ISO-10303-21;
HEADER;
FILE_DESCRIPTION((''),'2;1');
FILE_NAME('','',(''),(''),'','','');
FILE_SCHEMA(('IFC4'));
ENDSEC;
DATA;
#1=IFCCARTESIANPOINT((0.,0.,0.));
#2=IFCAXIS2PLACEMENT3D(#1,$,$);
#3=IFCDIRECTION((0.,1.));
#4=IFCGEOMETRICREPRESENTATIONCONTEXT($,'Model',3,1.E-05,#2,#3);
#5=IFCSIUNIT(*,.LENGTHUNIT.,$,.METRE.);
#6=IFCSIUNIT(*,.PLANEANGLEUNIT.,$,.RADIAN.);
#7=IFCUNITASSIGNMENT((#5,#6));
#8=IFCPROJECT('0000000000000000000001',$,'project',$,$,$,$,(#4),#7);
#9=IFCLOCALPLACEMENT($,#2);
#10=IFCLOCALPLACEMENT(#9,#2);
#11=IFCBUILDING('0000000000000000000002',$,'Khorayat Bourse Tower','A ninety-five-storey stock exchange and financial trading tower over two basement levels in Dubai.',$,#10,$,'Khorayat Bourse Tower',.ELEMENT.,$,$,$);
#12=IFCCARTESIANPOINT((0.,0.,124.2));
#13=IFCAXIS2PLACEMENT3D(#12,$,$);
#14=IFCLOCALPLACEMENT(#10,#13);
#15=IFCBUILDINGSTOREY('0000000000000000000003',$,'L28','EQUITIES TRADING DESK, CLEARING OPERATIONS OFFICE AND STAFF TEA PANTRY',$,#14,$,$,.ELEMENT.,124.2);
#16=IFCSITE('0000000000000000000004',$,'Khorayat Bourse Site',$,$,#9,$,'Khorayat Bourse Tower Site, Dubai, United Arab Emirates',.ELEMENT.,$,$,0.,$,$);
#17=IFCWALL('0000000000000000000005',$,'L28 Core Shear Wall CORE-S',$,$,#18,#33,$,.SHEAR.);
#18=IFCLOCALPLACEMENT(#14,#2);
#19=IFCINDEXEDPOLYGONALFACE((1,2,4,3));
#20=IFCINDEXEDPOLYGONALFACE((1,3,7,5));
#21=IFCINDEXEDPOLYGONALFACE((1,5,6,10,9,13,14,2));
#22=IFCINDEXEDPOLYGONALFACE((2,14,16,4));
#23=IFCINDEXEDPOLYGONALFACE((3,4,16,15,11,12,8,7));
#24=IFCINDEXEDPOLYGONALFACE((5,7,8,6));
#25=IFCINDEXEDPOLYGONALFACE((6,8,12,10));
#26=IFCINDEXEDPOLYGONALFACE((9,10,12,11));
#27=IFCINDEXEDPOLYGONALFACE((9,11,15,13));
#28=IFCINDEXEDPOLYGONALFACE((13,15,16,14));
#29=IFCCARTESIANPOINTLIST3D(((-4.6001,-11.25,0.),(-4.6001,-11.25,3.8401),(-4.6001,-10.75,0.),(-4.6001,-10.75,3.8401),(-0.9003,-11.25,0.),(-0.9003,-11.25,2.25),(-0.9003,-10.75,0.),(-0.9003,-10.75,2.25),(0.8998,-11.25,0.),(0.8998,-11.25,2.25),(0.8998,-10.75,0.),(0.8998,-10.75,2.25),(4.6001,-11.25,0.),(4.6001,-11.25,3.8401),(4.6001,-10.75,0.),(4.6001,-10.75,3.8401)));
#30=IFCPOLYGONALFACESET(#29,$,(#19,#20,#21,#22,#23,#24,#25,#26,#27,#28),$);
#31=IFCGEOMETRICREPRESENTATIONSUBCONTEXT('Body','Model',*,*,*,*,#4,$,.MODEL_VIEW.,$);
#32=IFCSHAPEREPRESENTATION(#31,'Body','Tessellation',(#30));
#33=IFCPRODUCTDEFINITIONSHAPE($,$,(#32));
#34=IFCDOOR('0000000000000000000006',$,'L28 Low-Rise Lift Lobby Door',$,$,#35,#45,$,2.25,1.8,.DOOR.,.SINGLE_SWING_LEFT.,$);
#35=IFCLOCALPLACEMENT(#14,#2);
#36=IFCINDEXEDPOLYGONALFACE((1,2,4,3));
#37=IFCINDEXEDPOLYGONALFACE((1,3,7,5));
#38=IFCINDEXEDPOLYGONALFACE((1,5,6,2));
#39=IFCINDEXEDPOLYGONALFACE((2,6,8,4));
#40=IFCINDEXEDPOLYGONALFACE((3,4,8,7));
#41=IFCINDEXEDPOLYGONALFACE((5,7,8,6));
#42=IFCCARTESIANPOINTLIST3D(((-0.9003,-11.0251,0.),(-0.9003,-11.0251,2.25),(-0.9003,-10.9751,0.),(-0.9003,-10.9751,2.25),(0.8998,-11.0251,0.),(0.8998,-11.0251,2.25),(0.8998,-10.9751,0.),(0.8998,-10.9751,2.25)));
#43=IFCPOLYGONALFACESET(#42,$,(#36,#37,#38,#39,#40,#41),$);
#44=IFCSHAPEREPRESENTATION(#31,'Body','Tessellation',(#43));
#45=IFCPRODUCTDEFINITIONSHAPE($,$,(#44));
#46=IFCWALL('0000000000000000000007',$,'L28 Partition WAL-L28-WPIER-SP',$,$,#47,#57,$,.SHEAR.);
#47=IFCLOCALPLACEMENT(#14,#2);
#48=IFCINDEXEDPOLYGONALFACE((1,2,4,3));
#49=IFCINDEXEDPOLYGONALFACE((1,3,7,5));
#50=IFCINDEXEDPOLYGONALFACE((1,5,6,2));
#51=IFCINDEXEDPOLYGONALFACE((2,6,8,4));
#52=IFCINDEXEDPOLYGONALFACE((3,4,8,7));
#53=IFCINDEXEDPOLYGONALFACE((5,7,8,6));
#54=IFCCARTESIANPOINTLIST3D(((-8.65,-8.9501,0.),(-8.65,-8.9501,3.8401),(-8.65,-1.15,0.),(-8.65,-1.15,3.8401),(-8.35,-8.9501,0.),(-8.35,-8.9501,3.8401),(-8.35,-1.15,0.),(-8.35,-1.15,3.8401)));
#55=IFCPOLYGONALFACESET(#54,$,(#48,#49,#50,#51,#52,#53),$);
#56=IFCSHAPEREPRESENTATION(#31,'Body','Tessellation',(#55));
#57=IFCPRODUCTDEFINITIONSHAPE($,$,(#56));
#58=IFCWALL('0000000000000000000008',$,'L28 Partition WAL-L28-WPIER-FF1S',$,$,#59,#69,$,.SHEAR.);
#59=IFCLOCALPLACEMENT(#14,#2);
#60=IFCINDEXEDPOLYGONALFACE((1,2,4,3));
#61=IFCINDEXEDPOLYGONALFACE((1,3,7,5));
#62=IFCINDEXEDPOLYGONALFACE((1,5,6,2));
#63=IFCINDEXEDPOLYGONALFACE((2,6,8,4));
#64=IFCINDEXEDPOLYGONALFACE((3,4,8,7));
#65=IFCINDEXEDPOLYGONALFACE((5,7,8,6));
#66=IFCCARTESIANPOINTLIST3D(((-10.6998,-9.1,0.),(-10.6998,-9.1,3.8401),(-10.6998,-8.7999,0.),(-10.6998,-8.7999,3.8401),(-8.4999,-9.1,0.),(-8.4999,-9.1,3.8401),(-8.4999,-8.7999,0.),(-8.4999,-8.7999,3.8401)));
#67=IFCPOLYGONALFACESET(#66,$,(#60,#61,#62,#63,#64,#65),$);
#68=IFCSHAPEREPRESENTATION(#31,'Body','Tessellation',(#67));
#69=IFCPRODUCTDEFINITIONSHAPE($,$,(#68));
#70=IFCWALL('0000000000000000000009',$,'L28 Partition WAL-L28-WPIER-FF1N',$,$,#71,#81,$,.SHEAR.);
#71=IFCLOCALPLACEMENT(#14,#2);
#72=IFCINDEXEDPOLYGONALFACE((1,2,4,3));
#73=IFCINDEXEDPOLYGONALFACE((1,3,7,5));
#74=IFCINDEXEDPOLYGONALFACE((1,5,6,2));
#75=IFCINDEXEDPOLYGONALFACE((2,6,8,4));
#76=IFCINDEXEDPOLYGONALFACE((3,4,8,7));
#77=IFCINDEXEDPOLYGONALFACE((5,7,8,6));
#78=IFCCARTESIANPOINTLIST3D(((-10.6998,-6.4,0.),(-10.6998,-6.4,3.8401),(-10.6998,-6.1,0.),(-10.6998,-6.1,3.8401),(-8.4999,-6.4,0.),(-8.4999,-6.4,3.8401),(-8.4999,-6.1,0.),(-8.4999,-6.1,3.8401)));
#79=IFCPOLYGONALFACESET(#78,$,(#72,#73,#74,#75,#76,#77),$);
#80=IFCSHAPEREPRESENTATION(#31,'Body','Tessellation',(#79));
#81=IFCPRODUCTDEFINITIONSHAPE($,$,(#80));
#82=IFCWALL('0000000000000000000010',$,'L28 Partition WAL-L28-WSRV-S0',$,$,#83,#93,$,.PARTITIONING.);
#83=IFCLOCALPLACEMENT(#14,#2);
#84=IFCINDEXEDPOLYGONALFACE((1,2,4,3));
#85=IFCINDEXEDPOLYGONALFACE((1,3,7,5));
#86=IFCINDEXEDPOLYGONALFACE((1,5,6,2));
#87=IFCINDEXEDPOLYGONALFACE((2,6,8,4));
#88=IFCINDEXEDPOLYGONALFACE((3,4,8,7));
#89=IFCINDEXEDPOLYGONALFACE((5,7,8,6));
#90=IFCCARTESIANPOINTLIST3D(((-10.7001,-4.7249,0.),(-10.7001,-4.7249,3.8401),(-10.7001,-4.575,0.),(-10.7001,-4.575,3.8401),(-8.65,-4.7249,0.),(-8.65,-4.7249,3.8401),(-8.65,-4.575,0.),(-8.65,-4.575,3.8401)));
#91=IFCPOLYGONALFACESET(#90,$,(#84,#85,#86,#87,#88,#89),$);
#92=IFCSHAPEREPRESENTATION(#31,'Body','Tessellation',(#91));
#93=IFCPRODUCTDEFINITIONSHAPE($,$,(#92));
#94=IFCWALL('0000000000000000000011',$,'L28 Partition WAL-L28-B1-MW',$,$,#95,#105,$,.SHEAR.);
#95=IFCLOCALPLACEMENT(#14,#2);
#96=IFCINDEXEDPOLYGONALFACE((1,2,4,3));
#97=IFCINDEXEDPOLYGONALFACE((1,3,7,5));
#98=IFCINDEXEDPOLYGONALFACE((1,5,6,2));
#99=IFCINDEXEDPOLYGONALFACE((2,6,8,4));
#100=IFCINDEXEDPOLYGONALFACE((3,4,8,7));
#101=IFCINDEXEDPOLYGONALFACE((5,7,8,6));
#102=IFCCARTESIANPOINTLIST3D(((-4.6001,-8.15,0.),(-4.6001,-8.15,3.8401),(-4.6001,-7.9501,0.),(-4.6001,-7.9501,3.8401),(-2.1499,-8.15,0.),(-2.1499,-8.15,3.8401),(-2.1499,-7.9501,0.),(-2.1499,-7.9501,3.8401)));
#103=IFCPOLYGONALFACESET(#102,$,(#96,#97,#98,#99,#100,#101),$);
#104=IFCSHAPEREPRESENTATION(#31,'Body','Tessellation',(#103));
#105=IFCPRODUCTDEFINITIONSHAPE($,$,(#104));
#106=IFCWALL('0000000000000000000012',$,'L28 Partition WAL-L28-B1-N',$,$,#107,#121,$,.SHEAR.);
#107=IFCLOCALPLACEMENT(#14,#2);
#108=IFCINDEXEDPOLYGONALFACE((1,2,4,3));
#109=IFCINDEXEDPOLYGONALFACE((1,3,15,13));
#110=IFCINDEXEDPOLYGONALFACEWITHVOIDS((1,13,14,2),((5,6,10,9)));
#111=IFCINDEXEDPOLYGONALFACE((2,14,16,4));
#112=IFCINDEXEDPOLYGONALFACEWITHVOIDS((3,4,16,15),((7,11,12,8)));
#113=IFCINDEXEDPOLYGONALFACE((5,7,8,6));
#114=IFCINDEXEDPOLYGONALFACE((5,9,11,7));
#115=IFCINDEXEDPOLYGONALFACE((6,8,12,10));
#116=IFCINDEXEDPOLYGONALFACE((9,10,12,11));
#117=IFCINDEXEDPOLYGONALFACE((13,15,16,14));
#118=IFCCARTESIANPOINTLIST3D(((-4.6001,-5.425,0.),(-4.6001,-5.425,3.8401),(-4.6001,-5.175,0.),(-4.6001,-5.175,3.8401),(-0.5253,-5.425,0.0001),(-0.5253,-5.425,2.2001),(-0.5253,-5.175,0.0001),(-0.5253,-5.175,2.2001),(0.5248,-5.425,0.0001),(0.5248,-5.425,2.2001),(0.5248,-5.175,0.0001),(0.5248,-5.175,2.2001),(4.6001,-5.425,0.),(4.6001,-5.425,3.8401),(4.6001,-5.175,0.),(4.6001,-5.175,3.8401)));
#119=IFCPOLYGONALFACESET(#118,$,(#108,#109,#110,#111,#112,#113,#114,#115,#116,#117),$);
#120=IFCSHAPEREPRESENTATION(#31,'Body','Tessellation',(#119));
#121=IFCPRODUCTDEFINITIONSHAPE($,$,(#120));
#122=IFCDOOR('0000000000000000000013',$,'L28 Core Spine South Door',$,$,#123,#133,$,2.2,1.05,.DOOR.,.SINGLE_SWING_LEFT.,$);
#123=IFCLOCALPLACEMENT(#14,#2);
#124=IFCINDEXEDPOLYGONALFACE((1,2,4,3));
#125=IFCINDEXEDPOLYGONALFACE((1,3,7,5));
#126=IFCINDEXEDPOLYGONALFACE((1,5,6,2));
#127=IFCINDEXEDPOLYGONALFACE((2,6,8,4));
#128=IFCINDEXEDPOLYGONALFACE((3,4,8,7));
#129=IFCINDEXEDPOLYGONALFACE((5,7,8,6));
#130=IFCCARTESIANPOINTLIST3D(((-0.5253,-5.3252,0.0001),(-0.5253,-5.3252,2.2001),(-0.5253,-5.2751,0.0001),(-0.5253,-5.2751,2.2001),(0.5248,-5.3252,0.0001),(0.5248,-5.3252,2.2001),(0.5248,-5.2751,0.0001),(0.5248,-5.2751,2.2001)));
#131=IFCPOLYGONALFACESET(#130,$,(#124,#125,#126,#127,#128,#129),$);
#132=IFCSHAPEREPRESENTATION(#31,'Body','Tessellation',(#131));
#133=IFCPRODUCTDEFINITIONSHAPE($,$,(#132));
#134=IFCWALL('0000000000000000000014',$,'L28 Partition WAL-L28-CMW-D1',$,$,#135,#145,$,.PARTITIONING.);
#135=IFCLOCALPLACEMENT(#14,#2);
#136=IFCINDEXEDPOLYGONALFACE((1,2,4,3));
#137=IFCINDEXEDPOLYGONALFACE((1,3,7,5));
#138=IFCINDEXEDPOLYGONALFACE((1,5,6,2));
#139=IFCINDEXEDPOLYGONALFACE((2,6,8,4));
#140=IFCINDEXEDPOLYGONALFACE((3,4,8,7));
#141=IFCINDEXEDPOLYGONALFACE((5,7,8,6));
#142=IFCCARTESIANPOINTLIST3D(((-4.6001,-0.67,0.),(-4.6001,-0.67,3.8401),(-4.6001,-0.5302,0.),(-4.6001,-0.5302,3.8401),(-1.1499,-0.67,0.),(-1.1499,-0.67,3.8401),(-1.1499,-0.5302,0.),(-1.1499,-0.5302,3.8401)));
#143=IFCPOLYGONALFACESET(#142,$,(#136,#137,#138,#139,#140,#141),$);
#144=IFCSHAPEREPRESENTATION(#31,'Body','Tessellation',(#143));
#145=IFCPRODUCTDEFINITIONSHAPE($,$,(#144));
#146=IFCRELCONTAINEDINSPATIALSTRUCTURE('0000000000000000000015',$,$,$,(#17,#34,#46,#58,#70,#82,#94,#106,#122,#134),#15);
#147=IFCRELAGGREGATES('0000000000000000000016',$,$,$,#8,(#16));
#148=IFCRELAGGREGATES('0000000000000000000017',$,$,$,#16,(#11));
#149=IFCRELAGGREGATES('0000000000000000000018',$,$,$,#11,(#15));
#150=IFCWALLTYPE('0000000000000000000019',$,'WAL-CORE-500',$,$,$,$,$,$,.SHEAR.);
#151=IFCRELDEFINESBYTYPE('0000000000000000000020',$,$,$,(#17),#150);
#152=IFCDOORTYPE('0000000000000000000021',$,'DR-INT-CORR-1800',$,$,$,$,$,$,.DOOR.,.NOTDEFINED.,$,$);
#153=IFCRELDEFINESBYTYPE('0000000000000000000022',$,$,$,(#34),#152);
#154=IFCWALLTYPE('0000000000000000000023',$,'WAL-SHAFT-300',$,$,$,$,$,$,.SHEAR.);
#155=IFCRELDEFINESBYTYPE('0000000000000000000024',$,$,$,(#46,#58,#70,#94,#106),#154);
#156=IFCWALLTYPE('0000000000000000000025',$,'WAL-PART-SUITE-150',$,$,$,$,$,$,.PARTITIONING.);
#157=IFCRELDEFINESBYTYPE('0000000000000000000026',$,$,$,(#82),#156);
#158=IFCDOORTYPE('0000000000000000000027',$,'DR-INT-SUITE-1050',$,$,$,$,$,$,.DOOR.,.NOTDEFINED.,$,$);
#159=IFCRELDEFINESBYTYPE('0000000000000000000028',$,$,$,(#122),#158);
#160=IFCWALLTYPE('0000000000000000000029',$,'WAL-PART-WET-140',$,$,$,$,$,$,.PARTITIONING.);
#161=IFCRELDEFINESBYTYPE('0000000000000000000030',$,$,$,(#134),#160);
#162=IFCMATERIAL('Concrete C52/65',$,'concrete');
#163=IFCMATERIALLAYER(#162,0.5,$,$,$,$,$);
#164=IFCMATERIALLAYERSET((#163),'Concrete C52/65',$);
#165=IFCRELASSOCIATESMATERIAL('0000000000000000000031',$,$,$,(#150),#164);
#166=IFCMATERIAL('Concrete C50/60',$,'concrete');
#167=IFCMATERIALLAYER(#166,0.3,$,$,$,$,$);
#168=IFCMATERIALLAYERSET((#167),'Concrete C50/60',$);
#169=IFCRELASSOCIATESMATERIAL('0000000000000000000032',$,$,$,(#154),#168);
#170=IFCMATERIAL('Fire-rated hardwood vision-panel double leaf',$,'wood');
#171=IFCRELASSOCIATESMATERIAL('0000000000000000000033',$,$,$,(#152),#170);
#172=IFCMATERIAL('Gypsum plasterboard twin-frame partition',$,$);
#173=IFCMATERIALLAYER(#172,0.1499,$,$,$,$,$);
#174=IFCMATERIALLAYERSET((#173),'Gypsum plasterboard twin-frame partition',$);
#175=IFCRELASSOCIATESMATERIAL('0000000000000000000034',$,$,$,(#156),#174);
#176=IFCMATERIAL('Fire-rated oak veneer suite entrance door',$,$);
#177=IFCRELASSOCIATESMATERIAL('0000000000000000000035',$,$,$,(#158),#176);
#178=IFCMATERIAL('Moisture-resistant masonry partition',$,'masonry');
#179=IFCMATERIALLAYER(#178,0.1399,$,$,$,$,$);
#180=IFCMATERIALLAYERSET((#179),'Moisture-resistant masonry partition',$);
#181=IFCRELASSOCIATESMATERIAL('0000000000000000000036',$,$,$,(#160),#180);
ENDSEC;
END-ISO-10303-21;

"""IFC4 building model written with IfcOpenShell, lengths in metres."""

from ifc_helpers import new_model, si_unit, direction, frame, frame_2d, origin, place, context, subcontext, project, spatial, rectangle, extrude, source, transform, mapped, material, layer, layer_set, type_object, element, fill, save


model = new_model("IFC4")

# Units and contexts
model_context = context("Model", 3, precision=1e-05, world=origin(), true_north=direction((0.0, 1.0)))
body_context = subcontext(model_context, "Body", "Model", "MODEL_VIEW")
ifc_project = project(units=[si_unit("LENGTHUNIT", "METRE"), si_unit("PLANEANGLEUNIT", "RADIAN")], contexts=[model_context])

# Site, building, storey
site_placement = place(None, origin())
site = spatial("IfcSite", under=ifc_project, at=site_placement, Name="Khorayat Bourse Site", LongName="Khorayat Bourse Tower Site, Dubai, United Arab Emirates", CompositionType="ELEMENT", RefElevation=0.0)
building_placement = place(site_placement, origin())
building = spatial("IfcBuilding", under=site, at=building_placement, Name="Khorayat Bourse Tower", Description="A ninety-five-storey stock exchange and financial trading tower over two basement levels in Dubai.", LongName="Khorayat Bourse Tower", CompositionType="ELEMENT")
storey_placement = place(building_placement, frame((0.0, 0.0, 124.2)))
storey = spatial("IfcBuildingStorey", under=building, at=storey_placement, Name="L28", Description="EQUITIES TRADING DESK, CLEARING OPERATIONS OFFICE AND STAFF TEA PANTRY", CompositionType="ELEMENT", Elevation=124.2)

# Shared definitions
ifc_material_1 = material(Name="Concrete C52/65", Category="concrete")
ifc_layer_1 = layer(ifc_material_1, 0.5)
ifc_layer_set_1 = layer_set([ifc_layer_1], Name="Concrete C52/65")
wall_type_1 = type_object("IfcWallType", Name="WAL-CORE-500", PredefinedType="SHEAR", material=ifc_layer_set_1)
ifc_material_2 = material(Name="Concrete C50/60", Category="concrete")
ifc_layer_2 = layer(ifc_material_2, 0.3)
ifc_layer_set_2 = layer_set([ifc_layer_2], Name="Concrete C50/60")
wall_type_2 = type_object("IfcWallType", Name="WAL-SHAFT-300", PredefinedType="SHEAR", material=ifc_layer_set_2)

# Wall, opening, door
shared_shape_1 = source(origin(), body_context, "Body", "SweptSolid", [
    extrude(rectangle(XDim=9.2002, YDim=0.5, at=frame_2d((4.6001, 0.0))), origin(), (0.0, 0.0, 1.0), 3.8401),
])
wall_1_placement = place(storey_placement, frame((-4.6001, -11.0, 0.0), z_axis=(0.0, 0.0, 1.0), x_axis=(1.0, 0.0, 0.0)))
wall_1 = element("IfcWall", 1, at=wall_1_placement, inside=storey, type_object=wall_type_1, Name="L28 Core Shear Wall CORE-S", PredefinedType="SHEAR", context=body_context, shape_type="MappedRepresentation", body=[
    mapped(shared_shape_1, transform((0.0, 0.0, 0.0), scale=1.0)),
])
shared_shape_2 = source(origin(), body_context, "Body", "SweptSolid", [
    extrude(rectangle(XDim=1.8, YDim=2.25, at=frame_2d((0.8999, 1.125))), frame((0.0, 0.26, 0.0), z_axis=(0.0, -1.0, 0.0), x_axis=(1.0, 0.0, 0.0)), (0.0, 0.0, 1.0), 0.52),
])
opening_1_placement = place(wall_1_placement, frame((3.7, 0.0, 0.0)))
opening_1 = element("IfcOpeningElement", 2, at=opening_1_placement, cuts=wall_1, PredefinedType="OPENING", context=body_context, shape_type="MappedRepresentation", body=[
    mapped(shared_shape_2, transform((0.0, 0.0, 0.0), scale=1.0)),
])
ifc_material_3 = material(Name="Fire-rated hardwood vision-panel double leaf", Category="wood")
door_type_1 = type_object("IfcDoorType", Name="DR-INT-CORR-1800", OperationType="NOTDEFINED", PredefinedType="DOOR", material=ifc_material_3)
shared_shape_3 = source(origin(), body_context, "Body", "SweptSolid", [
    extrude(rectangle(XDim=1.8, YDim=2.25, at=frame_2d((0.8999, 1.125))), frame((0.0, 0.0249, 0.0), z_axis=(0.0, -1.0, 0.0), x_axis=(1.0, 0.0, 0.0)), (0.0, 0.0, 1.0), 0.05),
])
door_1_placement = place(opening_1_placement, origin())
door_1 = element("IfcDoor", 3, at=door_1_placement, inside=storey, type_object=door_type_1, Name="L28 Low-Rise Lift Lobby Door", OperationType="SINGLE_SWING_LEFT", OverallHeight=2.25, OverallWidth=1.8, PredefinedType="DOOR", context=body_context, shape_type="MappedRepresentation", body=[
    mapped(shared_shape_3, transform((0.0, 0.0, 0.0), scale=1.0)),
])
fill(opening_1, door_1)

# Walls
shared_shape_4 = source(origin(), body_context, "Body", "SweptSolid", [
    extrude(rectangle(XDim=7.8, YDim=0.3, at=frame_2d((3.8999, 0.0))), origin(), (0.0, 0.0, 1.0), 3.8401),
])
wall_2_placement = place(storey_placement, frame((-8.5, -8.95, 0.0), z_axis=(0.0, 0.0, 1.0), x_axis=(0.0, 1.0, 0.0)))
element("IfcWall", 4, at=wall_2_placement, inside=storey, type_object=wall_type_2, Name="L28 Partition WAL-L28-WPIER-SP", PredefinedType="SHEAR", context=body_context, shape_type="MappedRepresentation", body=[
    mapped(shared_shape_4, transform((0.0, 0.0, 0.0), scale=1.0)),
])
shared_shape_5 = source(origin(), body_context, "Body", "SweptSolid", [
    extrude(rectangle(XDim=2.2, YDim=0.3, at=frame_2d((1.1001, 0.0))), origin(), (0.0, 0.0, 1.0), 3.8401),
])
for number, where, z_axis, x_axis, name in (
    (5, (-10.7, -8.95, 0.0), (0.0, 0.0, 1.0), (1.0, 0.0, 0.0), "L28 Partition WAL-L28-WPIER-FF1S"),
    (6, (-10.7, -6.25, 0.0), (0.0, 0.0, 1.0), (1.0, 0.0, 0.0), "L28 Partition WAL-L28-WPIER-FF1N"),
):
    element("IfcWall", number, at=place(storey_placement, frame(where, z_axis=z_axis, x_axis=x_axis)), inside=storey, type_object=wall_type_2, Name=name, PredefinedType="SHEAR", context=body_context, shape_type="MappedRepresentation", body=[
        mapped(shared_shape_5, transform((0.0, 0.0, 0.0), scale=1.0)),
    ])
ifc_material_4 = material(Name="Gypsum plasterboard twin-frame partition")
ifc_layer_3 = layer(ifc_material_4, 0.1499)
ifc_layer_set_3 = layer_set([ifc_layer_3], Name="Gypsum plasterboard twin-frame partition")
wall_type_3 = type_object("IfcWallType", Name="WAL-PART-SUITE-150", PredefinedType="PARTITIONING", material=ifc_layer_set_3)
shared_shape_6 = source(origin(), body_context, "Body", "SweptSolid", [
    extrude(rectangle(XDim=2.05, YDim=0.1499, at=frame_2d((1.0249, 0.0))), origin(), (0.0, 0.0, 1.0), 3.8401),
])
wall_3_placement = place(storey_placement, frame((-10.7, -4.6499, 0.0), z_axis=(0.0, 0.0, 1.0), x_axis=(1.0, 0.0, 0.0)))
element("IfcWall", 7, at=wall_3_placement, inside=storey, type_object=wall_type_3, Name="L28 Partition WAL-L28-WSRV-S0", PredefinedType="PARTITIONING", context=body_context, shape_type="MappedRepresentation", body=[
    mapped(shared_shape_6, transform((0.0, 0.0, 0.0), scale=1.0)),
])
shared_shape_7 = source(origin(), body_context, "Body", "SweptSolid", [
    extrude(rectangle(XDim=2.4502, YDim=0.2, at=frame_2d((1.2251, 0.0))), origin(), (0.0, 0.0, 1.0), 3.8401),
])
wall_4_placement = place(storey_placement, frame((-4.6001, -8.05, 0.0), z_axis=(0.0, 0.0, 1.0), x_axis=(1.0, 0.0, 0.0)))
element("IfcWall", 8, at=wall_4_placement, inside=storey, type_object=wall_type_2, Name="L28 Partition WAL-L28-B1-MW", PredefinedType="SHEAR", context=body_context, shape_type="MappedRepresentation", body=[
    mapped(shared_shape_7, transform((0.0, 0.0, 0.0), scale=1.0)),
])

# Wall, opening, door
shared_shape_8 = source(origin(), body_context, "Body", "SweptSolid", [
    extrude(rectangle(XDim=9.2002, YDim=0.25, at=frame_2d((4.6001, 0.0))), origin(), (0.0, 0.0, 1.0), 3.8401),
])
wall_5_placement = place(storey_placement, frame((-4.6001, -5.3, 0.0), z_axis=(0.0, 0.0, 1.0), x_axis=(1.0, 0.0, 0.0)))
wall_5 = element("IfcWall", 9, at=wall_5_placement, inside=storey, type_object=wall_type_2, Name="L28 Partition WAL-L28-B1-N", PredefinedType="SHEAR", context=body_context, shape_type="MappedRepresentation", body=[
    mapped(shared_shape_8, transform((0.0, 0.0, 0.0), scale=1.0)),
])
shared_shape_9 = source(origin(), body_context, "Body", "SweptSolid", [
    extrude(rectangle(XDim=1.05, YDim=2.2, at=frame_2d((0.5249, 1.1001))), frame((0.0, 0.135, 0.0), z_axis=(0.0, -1.0, 0.0), x_axis=(1.0, 0.0, 0.0)), (0.0, 0.0, 1.0), 0.27),
])
opening_2_placement = place(wall_5_placement, frame((4.075, 0.0, 0.0)))
opening_2 = element("IfcOpeningElement", 10, at=opening_2_placement, cuts=wall_5, PredefinedType="OPENING", context=body_context, shape_type="MappedRepresentation", body=[
    mapped(shared_shape_9, transform((0.0, 0.0, 0.0), scale=1.0)),
])
ifc_material_5 = material(Name="Fire-rated oak veneer suite entrance door")
door_type_2 = type_object("IfcDoorType", Name="DR-INT-SUITE-1050", OperationType="NOTDEFINED", PredefinedType="DOOR", material=ifc_material_5)
shared_shape_10 = source(origin(), body_context, "Body", "SweptSolid", [
    extrude(rectangle(XDim=1.05, YDim=2.2, at=frame_2d((0.5249, 1.1001))), frame((0.0, 0.0249, 0.0), z_axis=(0.0, -1.0, 0.0), x_axis=(1.0, 0.0, 0.0)), (0.0, 0.0, 1.0), 0.05),
])
door_2_placement = place(opening_2_placement, origin())
door_2 = element("IfcDoor", 11, at=door_2_placement, inside=storey, type_object=door_type_2, Name="L28 Core Spine South Door", OperationType="SINGLE_SWING_LEFT", OverallHeight=2.2, OverallWidth=1.05, PredefinedType="DOOR", context=body_context, shape_type="MappedRepresentation", body=[
    mapped(shared_shape_10, transform((0.0, 0.0, 0.0), scale=1.0)),
])
fill(opening_2, door_2)

# Wall
ifc_material_6 = material(Name="Moisture-resistant masonry partition", Category="masonry")
ifc_layer_4 = layer(ifc_material_6, 0.1399)
ifc_layer_set_4 = layer_set([ifc_layer_4], Name="Moisture-resistant masonry partition")
wall_type_4 = type_object("IfcWallType", Name="WAL-PART-WET-140", PredefinedType="PARTITIONING", material=ifc_layer_set_4)
shared_shape_11 = source(origin(), body_context, "Body", "SweptSolid", [
    extrude(rectangle(XDim=3.4502, YDim=0.1399, at=frame_2d((1.7251, 0.0))), origin(), (0.0, 0.0, 1.0), 3.8401),
])
wall_6_placement = place(storey_placement, frame((-4.6001, -0.6001, 0.0), z_axis=(0.0, 0.0, 1.0), x_axis=(1.0, 0.0, 0.0)))
element("IfcWall", 12, at=wall_6_placement, inside=storey, type_object=wall_type_4, Name="L28 Partition WAL-L28-CMW-D1", PredefinedType="PARTITIONING", context=body_context, shape_type="MappedRepresentation", body=[
    mapped(shared_shape_11, transform((0.0, 0.0, 0.0), scale=1.0)),
])

save(model, "model.ifc")
